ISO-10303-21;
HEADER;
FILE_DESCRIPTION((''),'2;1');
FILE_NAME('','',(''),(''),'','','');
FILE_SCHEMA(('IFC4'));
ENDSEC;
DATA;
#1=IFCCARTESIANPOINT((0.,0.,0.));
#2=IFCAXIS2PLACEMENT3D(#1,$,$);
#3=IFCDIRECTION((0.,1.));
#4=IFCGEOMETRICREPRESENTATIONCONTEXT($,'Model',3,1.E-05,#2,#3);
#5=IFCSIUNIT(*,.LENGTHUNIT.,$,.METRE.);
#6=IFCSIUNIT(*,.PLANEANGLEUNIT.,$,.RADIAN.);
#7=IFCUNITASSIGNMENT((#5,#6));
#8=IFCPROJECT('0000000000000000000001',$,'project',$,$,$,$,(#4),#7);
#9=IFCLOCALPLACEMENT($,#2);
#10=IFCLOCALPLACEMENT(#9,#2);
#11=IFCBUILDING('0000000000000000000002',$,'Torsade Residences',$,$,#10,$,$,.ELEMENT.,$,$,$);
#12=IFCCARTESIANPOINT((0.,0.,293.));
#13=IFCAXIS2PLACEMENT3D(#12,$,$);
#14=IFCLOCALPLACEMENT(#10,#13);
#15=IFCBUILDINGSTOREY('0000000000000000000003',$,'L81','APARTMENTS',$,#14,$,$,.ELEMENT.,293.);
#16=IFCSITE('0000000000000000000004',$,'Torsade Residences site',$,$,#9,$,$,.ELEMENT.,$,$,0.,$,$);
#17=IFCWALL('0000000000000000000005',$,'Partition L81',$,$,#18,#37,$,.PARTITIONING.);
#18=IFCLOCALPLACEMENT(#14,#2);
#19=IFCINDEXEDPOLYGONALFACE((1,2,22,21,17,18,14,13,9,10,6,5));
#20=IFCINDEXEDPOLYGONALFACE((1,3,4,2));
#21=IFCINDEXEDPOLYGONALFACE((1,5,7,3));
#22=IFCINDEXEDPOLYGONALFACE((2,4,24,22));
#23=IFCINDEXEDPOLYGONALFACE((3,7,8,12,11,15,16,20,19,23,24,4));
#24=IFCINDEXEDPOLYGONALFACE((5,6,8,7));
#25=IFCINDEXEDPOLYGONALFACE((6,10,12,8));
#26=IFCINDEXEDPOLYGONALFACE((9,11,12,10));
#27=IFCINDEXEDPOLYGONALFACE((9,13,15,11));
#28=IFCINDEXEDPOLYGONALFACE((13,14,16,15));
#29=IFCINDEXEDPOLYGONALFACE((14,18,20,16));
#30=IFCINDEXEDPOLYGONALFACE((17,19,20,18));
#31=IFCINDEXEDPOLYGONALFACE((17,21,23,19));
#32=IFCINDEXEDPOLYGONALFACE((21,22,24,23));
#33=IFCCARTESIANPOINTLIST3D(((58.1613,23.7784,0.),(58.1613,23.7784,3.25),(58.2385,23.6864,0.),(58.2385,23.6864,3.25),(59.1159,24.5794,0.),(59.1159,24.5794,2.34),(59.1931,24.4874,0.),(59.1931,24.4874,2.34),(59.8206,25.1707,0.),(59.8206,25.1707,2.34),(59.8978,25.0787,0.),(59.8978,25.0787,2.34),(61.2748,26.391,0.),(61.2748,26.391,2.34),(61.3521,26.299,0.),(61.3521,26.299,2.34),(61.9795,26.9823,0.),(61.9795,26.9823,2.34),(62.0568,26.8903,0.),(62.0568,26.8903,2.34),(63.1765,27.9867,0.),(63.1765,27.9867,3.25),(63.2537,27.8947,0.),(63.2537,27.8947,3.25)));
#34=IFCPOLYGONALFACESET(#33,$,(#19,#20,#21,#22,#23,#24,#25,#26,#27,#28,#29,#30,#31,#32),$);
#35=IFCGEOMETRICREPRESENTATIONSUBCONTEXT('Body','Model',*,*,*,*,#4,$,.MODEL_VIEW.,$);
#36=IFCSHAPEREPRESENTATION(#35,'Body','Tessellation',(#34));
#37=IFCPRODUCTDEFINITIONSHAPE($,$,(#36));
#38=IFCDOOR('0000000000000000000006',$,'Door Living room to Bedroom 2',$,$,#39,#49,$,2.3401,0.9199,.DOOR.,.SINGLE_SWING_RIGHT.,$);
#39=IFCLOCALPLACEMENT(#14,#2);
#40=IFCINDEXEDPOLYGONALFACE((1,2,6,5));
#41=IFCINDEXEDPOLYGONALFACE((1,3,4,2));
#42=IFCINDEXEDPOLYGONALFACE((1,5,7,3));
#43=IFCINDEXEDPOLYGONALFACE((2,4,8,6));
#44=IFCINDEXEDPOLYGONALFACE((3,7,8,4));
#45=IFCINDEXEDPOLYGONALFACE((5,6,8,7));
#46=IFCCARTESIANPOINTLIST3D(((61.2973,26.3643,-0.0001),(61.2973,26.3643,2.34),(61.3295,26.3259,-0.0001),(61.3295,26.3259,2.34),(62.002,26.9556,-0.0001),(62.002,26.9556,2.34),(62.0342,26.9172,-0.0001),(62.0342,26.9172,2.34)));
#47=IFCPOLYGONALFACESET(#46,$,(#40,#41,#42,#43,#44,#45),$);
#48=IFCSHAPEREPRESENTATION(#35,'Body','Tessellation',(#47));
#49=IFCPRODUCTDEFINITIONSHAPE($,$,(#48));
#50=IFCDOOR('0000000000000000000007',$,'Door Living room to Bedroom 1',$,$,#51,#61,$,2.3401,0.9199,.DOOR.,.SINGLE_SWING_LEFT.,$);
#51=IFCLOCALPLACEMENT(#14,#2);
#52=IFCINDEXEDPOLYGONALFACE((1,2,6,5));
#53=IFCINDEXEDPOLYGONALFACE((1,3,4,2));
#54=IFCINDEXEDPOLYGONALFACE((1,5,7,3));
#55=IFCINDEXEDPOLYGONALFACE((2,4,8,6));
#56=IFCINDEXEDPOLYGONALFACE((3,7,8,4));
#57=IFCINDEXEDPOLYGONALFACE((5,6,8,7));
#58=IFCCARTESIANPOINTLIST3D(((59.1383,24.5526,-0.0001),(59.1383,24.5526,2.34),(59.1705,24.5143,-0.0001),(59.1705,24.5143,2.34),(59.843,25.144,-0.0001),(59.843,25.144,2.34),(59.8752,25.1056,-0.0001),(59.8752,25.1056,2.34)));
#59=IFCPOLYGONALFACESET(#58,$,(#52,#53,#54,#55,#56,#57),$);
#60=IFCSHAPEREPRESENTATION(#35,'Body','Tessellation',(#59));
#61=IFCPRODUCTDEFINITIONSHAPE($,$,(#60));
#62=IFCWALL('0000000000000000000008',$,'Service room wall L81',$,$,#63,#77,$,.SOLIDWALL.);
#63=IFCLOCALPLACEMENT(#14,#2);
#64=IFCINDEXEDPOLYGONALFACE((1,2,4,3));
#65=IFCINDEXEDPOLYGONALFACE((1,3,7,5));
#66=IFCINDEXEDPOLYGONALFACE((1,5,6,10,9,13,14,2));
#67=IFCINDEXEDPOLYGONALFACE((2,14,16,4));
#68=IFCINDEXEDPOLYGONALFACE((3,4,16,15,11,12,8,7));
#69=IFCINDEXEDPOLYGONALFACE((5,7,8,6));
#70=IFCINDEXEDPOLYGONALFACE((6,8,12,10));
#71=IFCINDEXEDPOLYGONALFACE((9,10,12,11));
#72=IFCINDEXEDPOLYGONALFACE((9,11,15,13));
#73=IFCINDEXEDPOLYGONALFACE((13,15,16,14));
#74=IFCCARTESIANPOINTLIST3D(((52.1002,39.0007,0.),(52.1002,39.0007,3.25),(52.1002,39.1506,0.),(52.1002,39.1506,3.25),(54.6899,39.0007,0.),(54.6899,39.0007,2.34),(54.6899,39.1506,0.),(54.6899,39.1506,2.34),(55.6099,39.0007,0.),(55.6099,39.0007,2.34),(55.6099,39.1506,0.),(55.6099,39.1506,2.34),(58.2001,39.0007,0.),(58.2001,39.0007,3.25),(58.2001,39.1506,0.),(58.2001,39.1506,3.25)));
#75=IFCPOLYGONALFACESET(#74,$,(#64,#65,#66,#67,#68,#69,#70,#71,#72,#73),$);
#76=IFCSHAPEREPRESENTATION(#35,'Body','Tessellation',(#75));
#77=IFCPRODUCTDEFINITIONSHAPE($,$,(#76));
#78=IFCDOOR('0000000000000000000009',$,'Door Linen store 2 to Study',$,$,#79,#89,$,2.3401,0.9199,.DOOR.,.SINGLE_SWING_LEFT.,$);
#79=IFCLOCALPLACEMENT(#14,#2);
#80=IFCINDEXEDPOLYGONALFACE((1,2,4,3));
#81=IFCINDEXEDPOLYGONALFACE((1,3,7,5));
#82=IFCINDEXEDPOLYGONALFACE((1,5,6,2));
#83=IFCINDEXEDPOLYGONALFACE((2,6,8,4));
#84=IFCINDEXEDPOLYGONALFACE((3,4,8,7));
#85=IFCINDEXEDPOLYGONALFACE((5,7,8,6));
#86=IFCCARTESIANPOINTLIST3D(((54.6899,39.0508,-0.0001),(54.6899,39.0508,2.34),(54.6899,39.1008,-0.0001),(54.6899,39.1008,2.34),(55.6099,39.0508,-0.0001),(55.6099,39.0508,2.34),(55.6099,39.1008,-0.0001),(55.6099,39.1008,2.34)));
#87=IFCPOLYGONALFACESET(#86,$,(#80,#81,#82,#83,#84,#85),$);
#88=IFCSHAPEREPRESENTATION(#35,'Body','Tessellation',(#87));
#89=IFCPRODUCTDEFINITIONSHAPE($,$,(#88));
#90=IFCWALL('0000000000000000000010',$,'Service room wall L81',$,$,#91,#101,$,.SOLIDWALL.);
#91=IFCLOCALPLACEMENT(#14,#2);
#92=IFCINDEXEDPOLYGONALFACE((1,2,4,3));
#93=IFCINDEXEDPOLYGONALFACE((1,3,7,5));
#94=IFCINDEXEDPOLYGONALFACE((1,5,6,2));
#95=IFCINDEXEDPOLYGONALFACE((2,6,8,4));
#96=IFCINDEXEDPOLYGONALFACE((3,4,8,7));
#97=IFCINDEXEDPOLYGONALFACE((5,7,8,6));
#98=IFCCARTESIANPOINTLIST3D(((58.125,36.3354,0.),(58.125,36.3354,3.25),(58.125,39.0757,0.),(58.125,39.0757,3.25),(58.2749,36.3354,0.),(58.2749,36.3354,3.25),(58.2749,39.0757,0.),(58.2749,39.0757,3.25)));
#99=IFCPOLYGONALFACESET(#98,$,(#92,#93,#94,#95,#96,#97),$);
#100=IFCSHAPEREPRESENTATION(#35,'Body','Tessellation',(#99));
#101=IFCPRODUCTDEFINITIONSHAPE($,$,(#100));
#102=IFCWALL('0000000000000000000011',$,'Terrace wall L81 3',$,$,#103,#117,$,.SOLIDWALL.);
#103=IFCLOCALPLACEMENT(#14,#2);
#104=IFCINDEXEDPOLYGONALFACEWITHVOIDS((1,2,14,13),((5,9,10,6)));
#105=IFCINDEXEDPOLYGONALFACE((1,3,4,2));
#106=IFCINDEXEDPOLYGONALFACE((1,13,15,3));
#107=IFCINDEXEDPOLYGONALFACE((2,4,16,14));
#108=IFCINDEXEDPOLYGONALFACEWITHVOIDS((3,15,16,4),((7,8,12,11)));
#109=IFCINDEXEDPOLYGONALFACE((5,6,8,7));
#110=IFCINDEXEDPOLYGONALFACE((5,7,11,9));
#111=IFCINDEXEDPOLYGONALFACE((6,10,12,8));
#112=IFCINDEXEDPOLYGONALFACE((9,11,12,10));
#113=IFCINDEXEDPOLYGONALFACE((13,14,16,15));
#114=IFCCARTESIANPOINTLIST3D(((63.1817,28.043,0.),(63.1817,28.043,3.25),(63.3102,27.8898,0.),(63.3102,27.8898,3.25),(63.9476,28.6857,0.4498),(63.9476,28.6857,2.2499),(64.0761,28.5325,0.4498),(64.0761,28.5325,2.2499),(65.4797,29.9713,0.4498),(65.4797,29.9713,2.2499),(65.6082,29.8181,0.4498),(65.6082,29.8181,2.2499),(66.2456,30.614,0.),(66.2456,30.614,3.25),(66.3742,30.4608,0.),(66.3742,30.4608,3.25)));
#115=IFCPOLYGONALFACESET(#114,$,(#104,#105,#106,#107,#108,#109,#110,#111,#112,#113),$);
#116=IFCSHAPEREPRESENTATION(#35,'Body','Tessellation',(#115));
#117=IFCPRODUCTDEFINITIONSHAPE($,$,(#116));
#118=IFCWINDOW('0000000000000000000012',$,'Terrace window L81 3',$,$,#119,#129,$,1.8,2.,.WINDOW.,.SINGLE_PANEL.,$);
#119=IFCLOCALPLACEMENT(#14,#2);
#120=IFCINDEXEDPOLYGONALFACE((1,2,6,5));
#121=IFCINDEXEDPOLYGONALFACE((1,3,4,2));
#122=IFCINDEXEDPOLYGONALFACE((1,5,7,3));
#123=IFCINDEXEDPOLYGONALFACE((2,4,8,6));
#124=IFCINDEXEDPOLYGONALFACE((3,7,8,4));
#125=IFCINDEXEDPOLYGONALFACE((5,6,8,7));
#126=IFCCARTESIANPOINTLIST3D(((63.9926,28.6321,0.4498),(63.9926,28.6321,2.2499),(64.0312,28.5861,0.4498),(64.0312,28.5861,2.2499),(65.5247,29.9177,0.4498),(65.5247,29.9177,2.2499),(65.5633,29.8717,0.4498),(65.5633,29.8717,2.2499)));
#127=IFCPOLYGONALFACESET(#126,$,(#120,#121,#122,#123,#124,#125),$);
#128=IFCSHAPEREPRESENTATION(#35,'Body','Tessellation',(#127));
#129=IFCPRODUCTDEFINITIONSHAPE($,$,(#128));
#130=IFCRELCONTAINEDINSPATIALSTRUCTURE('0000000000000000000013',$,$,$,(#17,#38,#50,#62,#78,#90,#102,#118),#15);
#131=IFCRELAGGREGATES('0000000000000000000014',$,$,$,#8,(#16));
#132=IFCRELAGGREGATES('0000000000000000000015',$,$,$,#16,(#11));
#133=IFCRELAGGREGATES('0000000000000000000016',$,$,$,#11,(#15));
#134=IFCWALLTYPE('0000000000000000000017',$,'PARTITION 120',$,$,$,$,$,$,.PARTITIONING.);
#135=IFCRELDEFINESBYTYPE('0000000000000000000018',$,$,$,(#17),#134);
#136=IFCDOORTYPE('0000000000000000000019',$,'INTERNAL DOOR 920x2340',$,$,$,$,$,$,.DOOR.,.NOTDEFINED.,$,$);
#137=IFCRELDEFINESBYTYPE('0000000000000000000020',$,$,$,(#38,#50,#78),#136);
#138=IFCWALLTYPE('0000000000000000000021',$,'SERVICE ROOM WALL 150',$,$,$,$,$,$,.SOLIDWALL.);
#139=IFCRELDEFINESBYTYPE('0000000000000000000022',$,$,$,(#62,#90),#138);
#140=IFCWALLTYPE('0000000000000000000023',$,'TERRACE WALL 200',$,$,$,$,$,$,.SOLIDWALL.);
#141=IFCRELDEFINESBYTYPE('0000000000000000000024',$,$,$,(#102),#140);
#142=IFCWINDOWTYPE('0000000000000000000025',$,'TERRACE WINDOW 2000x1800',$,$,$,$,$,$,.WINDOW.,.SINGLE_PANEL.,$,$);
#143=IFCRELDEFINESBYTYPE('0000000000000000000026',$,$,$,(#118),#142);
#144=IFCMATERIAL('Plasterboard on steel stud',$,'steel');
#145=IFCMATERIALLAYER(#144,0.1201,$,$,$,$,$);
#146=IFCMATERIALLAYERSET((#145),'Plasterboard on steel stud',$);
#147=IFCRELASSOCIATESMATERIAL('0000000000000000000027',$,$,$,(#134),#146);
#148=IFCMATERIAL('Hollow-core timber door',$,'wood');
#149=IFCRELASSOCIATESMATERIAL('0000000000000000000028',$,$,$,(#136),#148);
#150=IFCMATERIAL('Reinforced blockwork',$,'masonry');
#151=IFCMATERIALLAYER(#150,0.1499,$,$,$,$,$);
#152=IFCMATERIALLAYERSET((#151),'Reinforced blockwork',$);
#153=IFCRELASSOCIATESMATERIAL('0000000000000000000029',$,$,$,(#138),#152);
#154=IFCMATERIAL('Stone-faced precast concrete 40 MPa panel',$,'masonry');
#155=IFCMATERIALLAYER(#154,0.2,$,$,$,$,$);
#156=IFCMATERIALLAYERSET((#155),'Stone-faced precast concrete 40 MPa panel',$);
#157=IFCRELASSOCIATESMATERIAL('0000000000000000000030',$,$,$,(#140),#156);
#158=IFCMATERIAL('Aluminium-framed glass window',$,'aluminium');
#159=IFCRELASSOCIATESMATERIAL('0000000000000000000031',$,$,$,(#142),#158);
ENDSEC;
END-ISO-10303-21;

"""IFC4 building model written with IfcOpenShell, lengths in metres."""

from ifc_helpers import new_model, si_unit, direction, frame, frame_2d, origin, place, context, subcontext, project, spatial, rectangle, extrude, material, layer, layer_set, type_object, element, fill, save


model = new_model("IFC4")

# Units and contexts
model_context = context("Model", 3, precision=1e-05, world=origin(), true_north=direction((0.0, 1.0)))
body_context = subcontext(model_context, "Body", "Model", "MODEL_VIEW")
ifc_project = project(units=[si_unit("LENGTHUNIT", "METRE"), si_unit("PLANEANGLEUNIT", "RADIAN")], contexts=[model_context])

# Site, building, storey
site_placement = place(None, origin())
site = spatial("IfcSite", under=ifc_project, at=site_placement, Name="Torsade Residences site", CompositionType="ELEMENT", RefElevation=0.0)
building_placement = place(site_placement, origin())
building = spatial("IfcBuilding", under=site, at=building_placement, Name="Torsade Residences", CompositionType="ELEMENT")
storey_placement = place(building_placement, frame((0.0, 0.0, 293.0)))
storey = spatial("IfcBuildingStorey", under=building, at=storey_placement, Name="L81", Description="APARTMENTS", CompositionType="ELEMENT", Elevation=293.0)

# Shared definitions
ifc_material_1 = material(Name="Plasterboard on steel stud", Category="steel")
ifc_layer_1 = layer(ifc_material_1, 0.1201)
ifc_layer_set_1 = layer_set([ifc_layer_1], Name="Plasterboard on steel stud")
wall_type_1 = type_object("IfcWallType", Name="PARTITION 120", PredefinedType="PARTITIONING", material=ifc_layer_set_1)

# Wall, openings, doors
wall_1_placement = place(storey_placement, frame((63.2151, 27.9407, 0.0), z_axis=(0.0, 0.0, 1.0), x_axis=(-0.76604, -0.642792, 0.0)))
wall_1 = element("IfcWall", 1, at=wall_1_placement, inside=storey, type_object=wall_type_1, Name="Partition L81", PredefinedType="PARTITIONING", context=body_context, shape_type="SweptSolid", body=[
    extrude(rectangle(XDim=6.5469, YDim=0.1201, at=frame_2d((3.2734, 0.0))), origin(), (0.0, 0.0, 1.0), 3.25),
])
opening_1_placement = place(wall_1_placement, frame((1.5625, 0.0, 0.0)))
opening_1 = element("IfcOpeningElement", 2, at=opening_1_placement, cuts=wall_1, PredefinedType="OPENING", context=body_context, shape_type="SweptSolid", body=[
    extrude(rectangle(XDim=0.9199, YDim=2.3401, at=frame_2d((0.46, 1.1699))), frame((0.0, 0.0701, 0.0), z_axis=(0.0, -1.0, 0.0), x_axis=(1.0, 0.0, 0.0)), (0.0, 0.0, 1.0), 0.1401),
])
opening_2_placement = place(wall_1_placement, frame((4.3809, 0.0, 0.0)))
opening_2 = element("IfcOpeningElement", 3, at=opening_2_placement, cuts=wall_1, PredefinedType="OPENING", context=body_context, shape_type="SweptSolid", body=[
    extrude(rectangle(XDim=0.9199, YDim=2.3401, at=frame_2d((0.46, 1.1699))), frame((0.0, 0.0701, 0.0), z_axis=(0.0, -1.0, 0.0), x_axis=(1.0, 0.0, 0.0)), (0.0, 0.0, 1.0), 0.1401),
])
ifc_material_2 = material(Name="Hollow-core timber door", Category="wood")
door_type = type_object("IfcDoorType", Name="INTERNAL DOOR 920x2340", OperationType="NOTDEFINED", PredefinedType="DOOR", material=ifc_material_2)
door_1_placement = place(opening_1_placement, origin())
door_1 = element("IfcDoor", 4, at=door_1_placement, inside=storey, type_object=door_type, Name="Door Living room to Bedroom 2", OperationType="SINGLE_SWING_RIGHT", OverallHeight=2.3401, OverallWidth=0.9199, PredefinedType="DOOR", context=body_context, shape_type="SweptSolid", body=[
    extrude(rectangle(XDim=0.9199, YDim=2.3401, at=frame_2d((0.46, 1.1699))), frame((0.0, 0.0249, 0.0), z_axis=(0.0, -1.0, 0.0), x_axis=(1.0, 0.0, 0.0)), (0.0, 0.0, 1.0), 0.05),
])
fill(opening_1, door_1)
door_2_placement = place(opening_2_placement, origin())
door_2 = element("IfcDoor", 5, at=door_2_placement, inside=storey, type_object=door_type, Name="Door Living room to Bedroom 1", OperationType="SINGLE_SWING_LEFT", OverallHeight=2.3401, OverallWidth=0.9199, PredefinedType="DOOR", context=body_context, shape_type="SweptSolid", body=[
    extrude(rectangle(XDim=0.9199, YDim=2.3401, at=frame_2d((0.46, 1.1699))), frame((0.0, 0.0249, 0.0), z_axis=(0.0, -1.0, 0.0), x_axis=(1.0, 0.0, 0.0)), (0.0, 0.0, 1.0), 0.05),
])
fill(opening_2, door_2)

# Wall, opening, door
ifc_material_3 = material(Name="Reinforced blockwork", Category="masonry")
ifc_layer_2 = layer(ifc_material_3, 0.1499)
ifc_layer_set_2 = layer_set([ifc_layer_2], Name="Reinforced blockwork")
wall_type_2 = type_object("IfcWallType", Name="SERVICE ROOM WALL 150", PredefinedType="SOLIDWALL", material=ifc_layer_set_2)
wall_2_placement = place(storey_placement, frame((58.2, 39.0757, 0.0), z_axis=(0.0, 0.0, 1.0), x_axis=(-1.0, 0.0, 0.0)))
wall_2 = element("IfcWall", 6, at=wall_2_placement, inside=storey, type_object=wall_type_2, Name="Service room wall L81", PredefinedType="SOLIDWALL", context=body_context, shape_type="SweptSolid", body=[
    extrude(rectangle(XDim=6.0999, YDim=0.1499, at=frame_2d((3.0498, 0.0))), origin(), (0.0, 0.0, 1.0), 3.25),
])
opening_3_placement = place(wall_2_placement, frame((2.5901, 0.0, 0.0)))
opening_3 = element("IfcOpeningElement", 7, at=opening_3_placement, cuts=wall_2, PredefinedType="OPENING", context=body_context, shape_type="SweptSolid", body=[
    extrude(rectangle(XDim=0.9199, YDim=2.3401, at=frame_2d((0.46, 1.1699))), frame((0.0, 0.085, 0.0), z_axis=(0.0, -1.0, 0.0), x_axis=(1.0, 0.0, 0.0)), (0.0, 0.0, 1.0), 0.1699),
])
door_3_placement = place(opening_3_placement, origin())
door_3 = element("IfcDoor", 8, at=door_3_placement, inside=storey, type_object=door_type, Name="Door Linen store 2 to Study", OperationType="SINGLE_SWING_LEFT", OverallHeight=2.3401, OverallWidth=0.9199, PredefinedType="DOOR", context=body_context, shape_type="SweptSolid", body=[
    extrude(rectangle(XDim=0.9199, YDim=2.3401, at=frame_2d((0.46, 1.1699))), frame((0.0, 0.0249, 0.0), z_axis=(0.0, -1.0, 0.0), x_axis=(1.0, 0.0, 0.0)), (0.0, 0.0, 1.0), 0.05),
])
fill(opening_3, door_3)

# Wall
wall_3_placement = place(storey_placement, frame((58.2, 39.0757, 0.0), z_axis=(0.0, 0.0, 1.0), x_axis=(0.0, -1.0, 0.0)))
element("IfcWall", 9, at=wall_3_placement, inside=storey, type_object=wall_type_2, Name="Service room wall L81", PredefinedType="SOLIDWALL", context=body_context, shape_type="SweptSolid", body=[
    extrude(rectangle(XDim=2.7402, YDim=0.1499, at=frame_2d((1.3701, 0.0))), origin(), (0.0, 0.0, 1.0), 3.25),
])

# Wall, opening, window
ifc_material_4 = material(Name="Stone-faced precast concrete 40 MPa panel", Category="masonry")
ifc_layer_3 = layer(ifc_material_4, 0.2)
ifc_layer_set_3 = layer_set([ifc_layer_3], Name="Stone-faced precast concrete 40 MPa panel")
wall_type_3 = type_object("IfcWallType", Name="TERRACE WALL 200", PredefinedType="SOLIDWALL", material=ifc_layer_set_3)
wall_4_placement = place(storey_placement, frame((63.2458, 27.9663, 0.0), z_axis=(0.0, 0.0, 1.0), x_axis=(0.766035, 0.642798, 0.0)))
wall_4 = element("IfcWall", 10, at=wall_4_placement, inside=storey, type_object=wall_type_3, Name="Terrace wall L81 3", PredefinedType="SOLIDWALL", context=body_context, shape_type="SweptSolid", body=[
    extrude(rectangle(XDim=3.9998, YDim=0.2, at=frame_2d((2.0, 0.0))), origin(), (0.0, 0.0, 1.0), 3.25),
])
opening_4_placement = place(wall_4_placement, frame((1.0, 0.0, 0.45)))
opening_4 = element("IfcOpeningElement", 11, at=opening_4_placement, cuts=wall_4, PredefinedType="OPENING", context=body_context, shape_type="SweptSolid", body=[
    extrude(rectangle(XDim=2.0, YDim=1.8, at=frame_2d((1.0, 0.8999))), frame((0.0, 0.1099, 0.0), z_axis=(0.0, -1.0, 0.0), x_axis=(1.0, 0.0, 0.0)), (0.0, 0.0, 1.0), 0.22),
])
ifc_material_5 = material(Name="Aluminium-framed glass window", Category="aluminium")
window_type = type_object("IfcWindowType", Name="TERRACE WINDOW 2000x1800", PartitioningType="SINGLE_PANEL", PredefinedType="WINDOW", material=ifc_material_5)
window_placement = place(opening_4_placement, origin())
window = element("IfcWindow", 12, at=window_placement, inside=storey, type_object=window_type, Name="Terrace window L81 3", OverallHeight=1.8, OverallWidth=2.0, PartitioningType="SINGLE_PANEL", PredefinedType="WINDOW", context=body_context, shape_type="SweptSolid", body=[
    extrude(rectangle(XDim=2.0, YDim=1.8, at=frame_2d((1.0, 0.8999))), frame((0.0, 0.03, 0.0), z_axis=(0.0, -1.0, 0.0), x_axis=(1.0, 0.0, 0.0)), (0.0, 0.0, 1.0), 0.0601),
])
fill(opening_4, window)

save(model, "model.ifc")
